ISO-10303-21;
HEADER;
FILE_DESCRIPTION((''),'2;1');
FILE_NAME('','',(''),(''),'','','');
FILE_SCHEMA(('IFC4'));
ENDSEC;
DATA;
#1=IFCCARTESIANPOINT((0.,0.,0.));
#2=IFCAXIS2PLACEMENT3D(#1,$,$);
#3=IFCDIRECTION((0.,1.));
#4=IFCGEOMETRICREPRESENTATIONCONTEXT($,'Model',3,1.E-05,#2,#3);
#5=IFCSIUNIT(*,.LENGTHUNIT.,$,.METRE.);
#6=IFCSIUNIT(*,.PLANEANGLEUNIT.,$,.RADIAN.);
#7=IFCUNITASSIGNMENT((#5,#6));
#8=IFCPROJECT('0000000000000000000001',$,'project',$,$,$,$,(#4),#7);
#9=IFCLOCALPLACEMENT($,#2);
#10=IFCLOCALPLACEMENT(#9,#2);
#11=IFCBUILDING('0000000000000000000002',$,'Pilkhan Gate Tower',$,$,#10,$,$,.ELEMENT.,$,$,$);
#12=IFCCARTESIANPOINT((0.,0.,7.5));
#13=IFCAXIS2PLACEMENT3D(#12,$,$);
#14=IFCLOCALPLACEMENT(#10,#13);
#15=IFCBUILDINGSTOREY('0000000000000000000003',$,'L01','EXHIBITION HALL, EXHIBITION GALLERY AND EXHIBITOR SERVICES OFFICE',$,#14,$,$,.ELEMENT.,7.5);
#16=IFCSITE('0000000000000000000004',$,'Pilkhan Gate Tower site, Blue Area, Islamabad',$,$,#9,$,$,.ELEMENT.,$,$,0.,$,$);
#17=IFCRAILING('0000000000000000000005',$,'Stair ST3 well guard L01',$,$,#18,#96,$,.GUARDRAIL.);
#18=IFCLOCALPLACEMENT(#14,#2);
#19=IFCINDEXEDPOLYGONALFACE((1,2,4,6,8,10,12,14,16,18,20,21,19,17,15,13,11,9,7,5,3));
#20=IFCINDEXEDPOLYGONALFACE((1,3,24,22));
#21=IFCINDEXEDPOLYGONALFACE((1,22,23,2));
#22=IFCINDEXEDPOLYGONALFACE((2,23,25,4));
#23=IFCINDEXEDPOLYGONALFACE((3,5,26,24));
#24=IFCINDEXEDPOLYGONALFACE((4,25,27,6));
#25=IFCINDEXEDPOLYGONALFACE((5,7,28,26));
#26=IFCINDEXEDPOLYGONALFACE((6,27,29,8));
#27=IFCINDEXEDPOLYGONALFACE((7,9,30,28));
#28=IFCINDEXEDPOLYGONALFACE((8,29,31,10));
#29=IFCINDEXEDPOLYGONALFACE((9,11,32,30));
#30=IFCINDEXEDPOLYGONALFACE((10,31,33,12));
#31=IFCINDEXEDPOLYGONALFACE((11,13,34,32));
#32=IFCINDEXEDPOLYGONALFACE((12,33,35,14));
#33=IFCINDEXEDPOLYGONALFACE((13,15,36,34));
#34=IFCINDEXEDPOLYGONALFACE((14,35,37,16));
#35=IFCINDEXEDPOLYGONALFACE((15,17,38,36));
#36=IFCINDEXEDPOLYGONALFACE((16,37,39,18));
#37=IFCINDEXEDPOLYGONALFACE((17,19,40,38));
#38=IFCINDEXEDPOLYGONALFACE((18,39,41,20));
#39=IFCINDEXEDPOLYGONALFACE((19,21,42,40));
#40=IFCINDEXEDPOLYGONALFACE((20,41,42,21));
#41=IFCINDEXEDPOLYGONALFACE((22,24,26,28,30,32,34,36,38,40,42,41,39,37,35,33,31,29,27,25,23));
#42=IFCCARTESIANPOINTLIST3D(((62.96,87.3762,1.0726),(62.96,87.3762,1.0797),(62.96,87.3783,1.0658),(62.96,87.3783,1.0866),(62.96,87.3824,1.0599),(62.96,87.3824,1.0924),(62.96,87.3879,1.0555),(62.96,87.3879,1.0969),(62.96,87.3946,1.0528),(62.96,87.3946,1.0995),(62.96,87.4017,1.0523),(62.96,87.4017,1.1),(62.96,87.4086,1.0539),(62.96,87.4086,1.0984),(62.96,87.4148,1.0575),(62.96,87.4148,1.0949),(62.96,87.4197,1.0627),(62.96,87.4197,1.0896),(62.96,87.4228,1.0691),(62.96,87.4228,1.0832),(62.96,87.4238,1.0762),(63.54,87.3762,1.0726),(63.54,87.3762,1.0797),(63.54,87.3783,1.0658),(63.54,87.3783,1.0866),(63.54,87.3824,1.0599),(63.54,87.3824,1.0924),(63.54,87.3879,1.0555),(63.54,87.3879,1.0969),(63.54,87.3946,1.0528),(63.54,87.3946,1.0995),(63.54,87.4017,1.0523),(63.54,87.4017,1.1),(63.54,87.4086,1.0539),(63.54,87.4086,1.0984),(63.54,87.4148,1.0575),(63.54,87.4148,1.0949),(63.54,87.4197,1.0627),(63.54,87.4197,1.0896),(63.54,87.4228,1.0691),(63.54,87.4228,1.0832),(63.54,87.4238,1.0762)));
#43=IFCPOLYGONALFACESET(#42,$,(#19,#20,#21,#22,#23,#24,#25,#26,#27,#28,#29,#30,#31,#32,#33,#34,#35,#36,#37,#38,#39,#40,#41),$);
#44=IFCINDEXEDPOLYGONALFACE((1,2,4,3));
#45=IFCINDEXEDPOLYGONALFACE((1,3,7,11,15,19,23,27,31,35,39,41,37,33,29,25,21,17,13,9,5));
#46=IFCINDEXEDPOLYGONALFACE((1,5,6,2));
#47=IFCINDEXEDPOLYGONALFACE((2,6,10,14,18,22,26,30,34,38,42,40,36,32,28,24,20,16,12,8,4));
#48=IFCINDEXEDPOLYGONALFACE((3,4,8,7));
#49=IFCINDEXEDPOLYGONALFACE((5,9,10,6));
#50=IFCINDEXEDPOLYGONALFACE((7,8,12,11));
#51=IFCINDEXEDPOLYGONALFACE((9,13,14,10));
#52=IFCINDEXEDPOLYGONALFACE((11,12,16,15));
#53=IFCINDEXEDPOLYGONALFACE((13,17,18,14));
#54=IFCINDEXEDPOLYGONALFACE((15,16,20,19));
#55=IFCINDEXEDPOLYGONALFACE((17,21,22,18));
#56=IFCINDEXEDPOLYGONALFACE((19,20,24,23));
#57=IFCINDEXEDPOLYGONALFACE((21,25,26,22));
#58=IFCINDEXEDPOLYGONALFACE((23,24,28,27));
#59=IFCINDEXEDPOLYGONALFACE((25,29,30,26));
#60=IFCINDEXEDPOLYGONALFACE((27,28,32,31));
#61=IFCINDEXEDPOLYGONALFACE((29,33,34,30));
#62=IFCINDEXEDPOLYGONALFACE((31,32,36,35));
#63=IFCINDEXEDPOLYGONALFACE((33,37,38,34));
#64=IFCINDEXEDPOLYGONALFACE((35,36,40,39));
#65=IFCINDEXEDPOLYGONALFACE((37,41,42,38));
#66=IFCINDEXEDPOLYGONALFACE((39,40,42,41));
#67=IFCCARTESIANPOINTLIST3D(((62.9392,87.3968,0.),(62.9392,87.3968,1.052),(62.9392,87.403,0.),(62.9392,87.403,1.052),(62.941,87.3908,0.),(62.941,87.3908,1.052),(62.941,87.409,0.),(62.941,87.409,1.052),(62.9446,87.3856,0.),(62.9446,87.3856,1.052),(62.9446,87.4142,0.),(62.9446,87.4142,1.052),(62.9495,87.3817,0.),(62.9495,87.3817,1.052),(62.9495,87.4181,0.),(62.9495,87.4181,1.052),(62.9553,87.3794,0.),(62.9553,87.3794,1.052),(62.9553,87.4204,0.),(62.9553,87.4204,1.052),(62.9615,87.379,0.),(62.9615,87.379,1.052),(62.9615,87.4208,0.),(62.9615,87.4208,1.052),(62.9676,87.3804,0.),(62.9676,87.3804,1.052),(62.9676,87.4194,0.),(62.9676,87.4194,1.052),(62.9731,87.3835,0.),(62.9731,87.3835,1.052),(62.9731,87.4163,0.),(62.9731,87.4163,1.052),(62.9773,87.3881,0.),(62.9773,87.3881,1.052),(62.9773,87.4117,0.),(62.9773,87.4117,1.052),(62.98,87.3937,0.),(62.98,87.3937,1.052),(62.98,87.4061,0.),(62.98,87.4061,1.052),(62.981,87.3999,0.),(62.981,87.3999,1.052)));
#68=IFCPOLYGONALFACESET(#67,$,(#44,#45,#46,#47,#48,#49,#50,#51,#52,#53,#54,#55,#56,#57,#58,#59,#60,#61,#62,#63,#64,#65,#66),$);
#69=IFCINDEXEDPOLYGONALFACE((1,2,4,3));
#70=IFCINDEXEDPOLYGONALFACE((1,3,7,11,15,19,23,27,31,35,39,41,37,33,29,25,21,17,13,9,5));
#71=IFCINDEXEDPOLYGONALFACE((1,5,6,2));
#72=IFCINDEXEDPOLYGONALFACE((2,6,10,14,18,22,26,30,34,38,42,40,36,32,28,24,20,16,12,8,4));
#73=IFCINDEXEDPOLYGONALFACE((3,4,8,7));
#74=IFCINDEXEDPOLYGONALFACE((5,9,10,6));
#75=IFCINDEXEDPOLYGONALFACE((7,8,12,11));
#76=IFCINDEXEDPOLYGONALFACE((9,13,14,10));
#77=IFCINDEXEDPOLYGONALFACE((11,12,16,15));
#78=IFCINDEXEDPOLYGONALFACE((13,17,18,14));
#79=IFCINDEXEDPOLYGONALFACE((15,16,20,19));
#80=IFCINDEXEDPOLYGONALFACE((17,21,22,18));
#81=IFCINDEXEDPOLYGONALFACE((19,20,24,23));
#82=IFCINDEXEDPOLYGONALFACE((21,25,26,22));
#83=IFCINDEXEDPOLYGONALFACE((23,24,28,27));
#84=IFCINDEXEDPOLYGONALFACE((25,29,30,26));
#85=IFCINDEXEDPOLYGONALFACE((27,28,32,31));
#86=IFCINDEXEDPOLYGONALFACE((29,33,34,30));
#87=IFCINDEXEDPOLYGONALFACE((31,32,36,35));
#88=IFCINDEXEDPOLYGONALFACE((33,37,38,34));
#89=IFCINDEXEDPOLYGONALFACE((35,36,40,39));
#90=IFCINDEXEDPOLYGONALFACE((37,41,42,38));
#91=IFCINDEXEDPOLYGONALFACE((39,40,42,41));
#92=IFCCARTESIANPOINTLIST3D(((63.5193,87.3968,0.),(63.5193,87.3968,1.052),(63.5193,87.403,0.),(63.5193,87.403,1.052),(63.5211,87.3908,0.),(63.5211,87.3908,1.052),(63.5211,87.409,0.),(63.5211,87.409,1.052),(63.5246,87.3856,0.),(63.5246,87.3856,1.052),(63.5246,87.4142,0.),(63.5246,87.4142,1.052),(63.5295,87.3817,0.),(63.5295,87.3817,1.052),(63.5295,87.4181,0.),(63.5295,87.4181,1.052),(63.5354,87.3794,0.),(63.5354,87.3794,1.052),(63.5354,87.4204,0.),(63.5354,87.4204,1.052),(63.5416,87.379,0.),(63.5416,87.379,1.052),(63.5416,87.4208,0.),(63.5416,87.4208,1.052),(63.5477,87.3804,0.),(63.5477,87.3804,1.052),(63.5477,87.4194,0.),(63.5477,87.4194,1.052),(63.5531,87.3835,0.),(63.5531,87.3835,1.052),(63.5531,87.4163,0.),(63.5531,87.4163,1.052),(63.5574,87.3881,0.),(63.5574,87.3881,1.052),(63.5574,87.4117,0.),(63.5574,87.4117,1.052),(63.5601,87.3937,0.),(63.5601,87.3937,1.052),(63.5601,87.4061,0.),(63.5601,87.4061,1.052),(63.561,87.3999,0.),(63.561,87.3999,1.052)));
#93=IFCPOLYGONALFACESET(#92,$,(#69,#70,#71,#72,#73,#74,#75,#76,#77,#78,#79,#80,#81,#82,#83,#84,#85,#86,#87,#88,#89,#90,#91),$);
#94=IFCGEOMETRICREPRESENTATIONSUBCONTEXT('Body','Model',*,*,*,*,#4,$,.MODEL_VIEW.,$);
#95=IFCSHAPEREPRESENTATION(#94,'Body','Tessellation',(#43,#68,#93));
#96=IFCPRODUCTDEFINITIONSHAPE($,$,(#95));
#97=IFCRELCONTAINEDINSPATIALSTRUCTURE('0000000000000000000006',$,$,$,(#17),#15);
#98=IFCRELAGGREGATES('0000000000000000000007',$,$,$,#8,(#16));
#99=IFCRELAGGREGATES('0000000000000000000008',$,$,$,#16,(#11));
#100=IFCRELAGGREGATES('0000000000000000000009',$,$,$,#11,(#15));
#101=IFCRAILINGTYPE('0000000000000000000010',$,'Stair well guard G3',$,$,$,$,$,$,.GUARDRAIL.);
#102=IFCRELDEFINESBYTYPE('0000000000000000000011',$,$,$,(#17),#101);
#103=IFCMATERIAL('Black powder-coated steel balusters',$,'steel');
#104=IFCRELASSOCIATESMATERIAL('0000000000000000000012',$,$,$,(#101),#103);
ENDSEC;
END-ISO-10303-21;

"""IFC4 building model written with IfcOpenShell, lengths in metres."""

from ifc_helpers import new_model, si_unit, direction, frame, origin, origin_2d, place, context, subcontext, project, spatial, circle, extrude, material, type_object, element, save


model = new_model("IFC4")

# Units and contexts
model_context = context("Model", 3, precision=1e-05, world=origin(), true_north=direction((0.0, 1.0)))
body_context = subcontext(model_context, "Body", "Model", "MODEL_VIEW")
ifc_project = project(units=[si_unit("LENGTHUNIT", "METRE"), si_unit("PLANEANGLEUNIT", "RADIAN")], contexts=[model_context])

# Site, building, storey
site_placement = place(None, origin())
site = spatial("IfcSite", under=ifc_project, at=site_placement, Name="Pilkhan Gate Tower site, Blue Area, Islamabad", CompositionType="ELEMENT", RefElevation=0.0)
building_placement = place(site_placement, origin())
building = spatial("IfcBuilding", under=site, at=building_placement, Name="Pilkhan Gate Tower", CompositionType="ELEMENT")
storey_placement = place(building_placement, frame((0.0, 0.0, 7.5)))
storey = spatial("IfcBuildingStorey", under=building, at=storey_placement, Name="L01", Description="EXHIBITION HALL, EXHIBITION GALLERY AND EXHIBITOR SERVICES OFFICE", CompositionType="ELEMENT", Elevation=7.5)

# Railing
ifc_material_1 = material(Name="Black powder-coated steel balusters", Category="steel")
railing_type_1 = type_object("IfcRailingType", Name="Stair well guard G3", PredefinedType="GUARDRAIL", material=ifc_material_1)
for number, where, name in (
    (1, (62.96, 87.3999, 0.0), "Stair ST3 well guard L01"),
):
    element("IfcRailing", number, at=place(storey_placement, frame(where)), inside=storey, type_object=railing_type_1, Name=name, PredefinedType="GUARDRAIL", context=body_context, shape_type="SweptSolid", body=[
        extrude(circle(Radius=0.0239, at=origin_2d()), frame((0.0, 0.0, 1.0762), z_axis=(1.0, 0.0, 0.0), x_axis=(0.0, 1.0, 0.0)), (0.0, 0.0, 1.0), 0.5801),
        extrude(circle(Radius=0.021, at=origin_2d()), origin(), (0.0, 0.0, 1.0), 1.052),
        extrude(circle(Radius=0.021, at=origin_2d()), frame((0.5801, 0.0, 0.0)), (0.0, 0.0, 1.0), 1.052),
    ])

save(model, "model.ifc")
